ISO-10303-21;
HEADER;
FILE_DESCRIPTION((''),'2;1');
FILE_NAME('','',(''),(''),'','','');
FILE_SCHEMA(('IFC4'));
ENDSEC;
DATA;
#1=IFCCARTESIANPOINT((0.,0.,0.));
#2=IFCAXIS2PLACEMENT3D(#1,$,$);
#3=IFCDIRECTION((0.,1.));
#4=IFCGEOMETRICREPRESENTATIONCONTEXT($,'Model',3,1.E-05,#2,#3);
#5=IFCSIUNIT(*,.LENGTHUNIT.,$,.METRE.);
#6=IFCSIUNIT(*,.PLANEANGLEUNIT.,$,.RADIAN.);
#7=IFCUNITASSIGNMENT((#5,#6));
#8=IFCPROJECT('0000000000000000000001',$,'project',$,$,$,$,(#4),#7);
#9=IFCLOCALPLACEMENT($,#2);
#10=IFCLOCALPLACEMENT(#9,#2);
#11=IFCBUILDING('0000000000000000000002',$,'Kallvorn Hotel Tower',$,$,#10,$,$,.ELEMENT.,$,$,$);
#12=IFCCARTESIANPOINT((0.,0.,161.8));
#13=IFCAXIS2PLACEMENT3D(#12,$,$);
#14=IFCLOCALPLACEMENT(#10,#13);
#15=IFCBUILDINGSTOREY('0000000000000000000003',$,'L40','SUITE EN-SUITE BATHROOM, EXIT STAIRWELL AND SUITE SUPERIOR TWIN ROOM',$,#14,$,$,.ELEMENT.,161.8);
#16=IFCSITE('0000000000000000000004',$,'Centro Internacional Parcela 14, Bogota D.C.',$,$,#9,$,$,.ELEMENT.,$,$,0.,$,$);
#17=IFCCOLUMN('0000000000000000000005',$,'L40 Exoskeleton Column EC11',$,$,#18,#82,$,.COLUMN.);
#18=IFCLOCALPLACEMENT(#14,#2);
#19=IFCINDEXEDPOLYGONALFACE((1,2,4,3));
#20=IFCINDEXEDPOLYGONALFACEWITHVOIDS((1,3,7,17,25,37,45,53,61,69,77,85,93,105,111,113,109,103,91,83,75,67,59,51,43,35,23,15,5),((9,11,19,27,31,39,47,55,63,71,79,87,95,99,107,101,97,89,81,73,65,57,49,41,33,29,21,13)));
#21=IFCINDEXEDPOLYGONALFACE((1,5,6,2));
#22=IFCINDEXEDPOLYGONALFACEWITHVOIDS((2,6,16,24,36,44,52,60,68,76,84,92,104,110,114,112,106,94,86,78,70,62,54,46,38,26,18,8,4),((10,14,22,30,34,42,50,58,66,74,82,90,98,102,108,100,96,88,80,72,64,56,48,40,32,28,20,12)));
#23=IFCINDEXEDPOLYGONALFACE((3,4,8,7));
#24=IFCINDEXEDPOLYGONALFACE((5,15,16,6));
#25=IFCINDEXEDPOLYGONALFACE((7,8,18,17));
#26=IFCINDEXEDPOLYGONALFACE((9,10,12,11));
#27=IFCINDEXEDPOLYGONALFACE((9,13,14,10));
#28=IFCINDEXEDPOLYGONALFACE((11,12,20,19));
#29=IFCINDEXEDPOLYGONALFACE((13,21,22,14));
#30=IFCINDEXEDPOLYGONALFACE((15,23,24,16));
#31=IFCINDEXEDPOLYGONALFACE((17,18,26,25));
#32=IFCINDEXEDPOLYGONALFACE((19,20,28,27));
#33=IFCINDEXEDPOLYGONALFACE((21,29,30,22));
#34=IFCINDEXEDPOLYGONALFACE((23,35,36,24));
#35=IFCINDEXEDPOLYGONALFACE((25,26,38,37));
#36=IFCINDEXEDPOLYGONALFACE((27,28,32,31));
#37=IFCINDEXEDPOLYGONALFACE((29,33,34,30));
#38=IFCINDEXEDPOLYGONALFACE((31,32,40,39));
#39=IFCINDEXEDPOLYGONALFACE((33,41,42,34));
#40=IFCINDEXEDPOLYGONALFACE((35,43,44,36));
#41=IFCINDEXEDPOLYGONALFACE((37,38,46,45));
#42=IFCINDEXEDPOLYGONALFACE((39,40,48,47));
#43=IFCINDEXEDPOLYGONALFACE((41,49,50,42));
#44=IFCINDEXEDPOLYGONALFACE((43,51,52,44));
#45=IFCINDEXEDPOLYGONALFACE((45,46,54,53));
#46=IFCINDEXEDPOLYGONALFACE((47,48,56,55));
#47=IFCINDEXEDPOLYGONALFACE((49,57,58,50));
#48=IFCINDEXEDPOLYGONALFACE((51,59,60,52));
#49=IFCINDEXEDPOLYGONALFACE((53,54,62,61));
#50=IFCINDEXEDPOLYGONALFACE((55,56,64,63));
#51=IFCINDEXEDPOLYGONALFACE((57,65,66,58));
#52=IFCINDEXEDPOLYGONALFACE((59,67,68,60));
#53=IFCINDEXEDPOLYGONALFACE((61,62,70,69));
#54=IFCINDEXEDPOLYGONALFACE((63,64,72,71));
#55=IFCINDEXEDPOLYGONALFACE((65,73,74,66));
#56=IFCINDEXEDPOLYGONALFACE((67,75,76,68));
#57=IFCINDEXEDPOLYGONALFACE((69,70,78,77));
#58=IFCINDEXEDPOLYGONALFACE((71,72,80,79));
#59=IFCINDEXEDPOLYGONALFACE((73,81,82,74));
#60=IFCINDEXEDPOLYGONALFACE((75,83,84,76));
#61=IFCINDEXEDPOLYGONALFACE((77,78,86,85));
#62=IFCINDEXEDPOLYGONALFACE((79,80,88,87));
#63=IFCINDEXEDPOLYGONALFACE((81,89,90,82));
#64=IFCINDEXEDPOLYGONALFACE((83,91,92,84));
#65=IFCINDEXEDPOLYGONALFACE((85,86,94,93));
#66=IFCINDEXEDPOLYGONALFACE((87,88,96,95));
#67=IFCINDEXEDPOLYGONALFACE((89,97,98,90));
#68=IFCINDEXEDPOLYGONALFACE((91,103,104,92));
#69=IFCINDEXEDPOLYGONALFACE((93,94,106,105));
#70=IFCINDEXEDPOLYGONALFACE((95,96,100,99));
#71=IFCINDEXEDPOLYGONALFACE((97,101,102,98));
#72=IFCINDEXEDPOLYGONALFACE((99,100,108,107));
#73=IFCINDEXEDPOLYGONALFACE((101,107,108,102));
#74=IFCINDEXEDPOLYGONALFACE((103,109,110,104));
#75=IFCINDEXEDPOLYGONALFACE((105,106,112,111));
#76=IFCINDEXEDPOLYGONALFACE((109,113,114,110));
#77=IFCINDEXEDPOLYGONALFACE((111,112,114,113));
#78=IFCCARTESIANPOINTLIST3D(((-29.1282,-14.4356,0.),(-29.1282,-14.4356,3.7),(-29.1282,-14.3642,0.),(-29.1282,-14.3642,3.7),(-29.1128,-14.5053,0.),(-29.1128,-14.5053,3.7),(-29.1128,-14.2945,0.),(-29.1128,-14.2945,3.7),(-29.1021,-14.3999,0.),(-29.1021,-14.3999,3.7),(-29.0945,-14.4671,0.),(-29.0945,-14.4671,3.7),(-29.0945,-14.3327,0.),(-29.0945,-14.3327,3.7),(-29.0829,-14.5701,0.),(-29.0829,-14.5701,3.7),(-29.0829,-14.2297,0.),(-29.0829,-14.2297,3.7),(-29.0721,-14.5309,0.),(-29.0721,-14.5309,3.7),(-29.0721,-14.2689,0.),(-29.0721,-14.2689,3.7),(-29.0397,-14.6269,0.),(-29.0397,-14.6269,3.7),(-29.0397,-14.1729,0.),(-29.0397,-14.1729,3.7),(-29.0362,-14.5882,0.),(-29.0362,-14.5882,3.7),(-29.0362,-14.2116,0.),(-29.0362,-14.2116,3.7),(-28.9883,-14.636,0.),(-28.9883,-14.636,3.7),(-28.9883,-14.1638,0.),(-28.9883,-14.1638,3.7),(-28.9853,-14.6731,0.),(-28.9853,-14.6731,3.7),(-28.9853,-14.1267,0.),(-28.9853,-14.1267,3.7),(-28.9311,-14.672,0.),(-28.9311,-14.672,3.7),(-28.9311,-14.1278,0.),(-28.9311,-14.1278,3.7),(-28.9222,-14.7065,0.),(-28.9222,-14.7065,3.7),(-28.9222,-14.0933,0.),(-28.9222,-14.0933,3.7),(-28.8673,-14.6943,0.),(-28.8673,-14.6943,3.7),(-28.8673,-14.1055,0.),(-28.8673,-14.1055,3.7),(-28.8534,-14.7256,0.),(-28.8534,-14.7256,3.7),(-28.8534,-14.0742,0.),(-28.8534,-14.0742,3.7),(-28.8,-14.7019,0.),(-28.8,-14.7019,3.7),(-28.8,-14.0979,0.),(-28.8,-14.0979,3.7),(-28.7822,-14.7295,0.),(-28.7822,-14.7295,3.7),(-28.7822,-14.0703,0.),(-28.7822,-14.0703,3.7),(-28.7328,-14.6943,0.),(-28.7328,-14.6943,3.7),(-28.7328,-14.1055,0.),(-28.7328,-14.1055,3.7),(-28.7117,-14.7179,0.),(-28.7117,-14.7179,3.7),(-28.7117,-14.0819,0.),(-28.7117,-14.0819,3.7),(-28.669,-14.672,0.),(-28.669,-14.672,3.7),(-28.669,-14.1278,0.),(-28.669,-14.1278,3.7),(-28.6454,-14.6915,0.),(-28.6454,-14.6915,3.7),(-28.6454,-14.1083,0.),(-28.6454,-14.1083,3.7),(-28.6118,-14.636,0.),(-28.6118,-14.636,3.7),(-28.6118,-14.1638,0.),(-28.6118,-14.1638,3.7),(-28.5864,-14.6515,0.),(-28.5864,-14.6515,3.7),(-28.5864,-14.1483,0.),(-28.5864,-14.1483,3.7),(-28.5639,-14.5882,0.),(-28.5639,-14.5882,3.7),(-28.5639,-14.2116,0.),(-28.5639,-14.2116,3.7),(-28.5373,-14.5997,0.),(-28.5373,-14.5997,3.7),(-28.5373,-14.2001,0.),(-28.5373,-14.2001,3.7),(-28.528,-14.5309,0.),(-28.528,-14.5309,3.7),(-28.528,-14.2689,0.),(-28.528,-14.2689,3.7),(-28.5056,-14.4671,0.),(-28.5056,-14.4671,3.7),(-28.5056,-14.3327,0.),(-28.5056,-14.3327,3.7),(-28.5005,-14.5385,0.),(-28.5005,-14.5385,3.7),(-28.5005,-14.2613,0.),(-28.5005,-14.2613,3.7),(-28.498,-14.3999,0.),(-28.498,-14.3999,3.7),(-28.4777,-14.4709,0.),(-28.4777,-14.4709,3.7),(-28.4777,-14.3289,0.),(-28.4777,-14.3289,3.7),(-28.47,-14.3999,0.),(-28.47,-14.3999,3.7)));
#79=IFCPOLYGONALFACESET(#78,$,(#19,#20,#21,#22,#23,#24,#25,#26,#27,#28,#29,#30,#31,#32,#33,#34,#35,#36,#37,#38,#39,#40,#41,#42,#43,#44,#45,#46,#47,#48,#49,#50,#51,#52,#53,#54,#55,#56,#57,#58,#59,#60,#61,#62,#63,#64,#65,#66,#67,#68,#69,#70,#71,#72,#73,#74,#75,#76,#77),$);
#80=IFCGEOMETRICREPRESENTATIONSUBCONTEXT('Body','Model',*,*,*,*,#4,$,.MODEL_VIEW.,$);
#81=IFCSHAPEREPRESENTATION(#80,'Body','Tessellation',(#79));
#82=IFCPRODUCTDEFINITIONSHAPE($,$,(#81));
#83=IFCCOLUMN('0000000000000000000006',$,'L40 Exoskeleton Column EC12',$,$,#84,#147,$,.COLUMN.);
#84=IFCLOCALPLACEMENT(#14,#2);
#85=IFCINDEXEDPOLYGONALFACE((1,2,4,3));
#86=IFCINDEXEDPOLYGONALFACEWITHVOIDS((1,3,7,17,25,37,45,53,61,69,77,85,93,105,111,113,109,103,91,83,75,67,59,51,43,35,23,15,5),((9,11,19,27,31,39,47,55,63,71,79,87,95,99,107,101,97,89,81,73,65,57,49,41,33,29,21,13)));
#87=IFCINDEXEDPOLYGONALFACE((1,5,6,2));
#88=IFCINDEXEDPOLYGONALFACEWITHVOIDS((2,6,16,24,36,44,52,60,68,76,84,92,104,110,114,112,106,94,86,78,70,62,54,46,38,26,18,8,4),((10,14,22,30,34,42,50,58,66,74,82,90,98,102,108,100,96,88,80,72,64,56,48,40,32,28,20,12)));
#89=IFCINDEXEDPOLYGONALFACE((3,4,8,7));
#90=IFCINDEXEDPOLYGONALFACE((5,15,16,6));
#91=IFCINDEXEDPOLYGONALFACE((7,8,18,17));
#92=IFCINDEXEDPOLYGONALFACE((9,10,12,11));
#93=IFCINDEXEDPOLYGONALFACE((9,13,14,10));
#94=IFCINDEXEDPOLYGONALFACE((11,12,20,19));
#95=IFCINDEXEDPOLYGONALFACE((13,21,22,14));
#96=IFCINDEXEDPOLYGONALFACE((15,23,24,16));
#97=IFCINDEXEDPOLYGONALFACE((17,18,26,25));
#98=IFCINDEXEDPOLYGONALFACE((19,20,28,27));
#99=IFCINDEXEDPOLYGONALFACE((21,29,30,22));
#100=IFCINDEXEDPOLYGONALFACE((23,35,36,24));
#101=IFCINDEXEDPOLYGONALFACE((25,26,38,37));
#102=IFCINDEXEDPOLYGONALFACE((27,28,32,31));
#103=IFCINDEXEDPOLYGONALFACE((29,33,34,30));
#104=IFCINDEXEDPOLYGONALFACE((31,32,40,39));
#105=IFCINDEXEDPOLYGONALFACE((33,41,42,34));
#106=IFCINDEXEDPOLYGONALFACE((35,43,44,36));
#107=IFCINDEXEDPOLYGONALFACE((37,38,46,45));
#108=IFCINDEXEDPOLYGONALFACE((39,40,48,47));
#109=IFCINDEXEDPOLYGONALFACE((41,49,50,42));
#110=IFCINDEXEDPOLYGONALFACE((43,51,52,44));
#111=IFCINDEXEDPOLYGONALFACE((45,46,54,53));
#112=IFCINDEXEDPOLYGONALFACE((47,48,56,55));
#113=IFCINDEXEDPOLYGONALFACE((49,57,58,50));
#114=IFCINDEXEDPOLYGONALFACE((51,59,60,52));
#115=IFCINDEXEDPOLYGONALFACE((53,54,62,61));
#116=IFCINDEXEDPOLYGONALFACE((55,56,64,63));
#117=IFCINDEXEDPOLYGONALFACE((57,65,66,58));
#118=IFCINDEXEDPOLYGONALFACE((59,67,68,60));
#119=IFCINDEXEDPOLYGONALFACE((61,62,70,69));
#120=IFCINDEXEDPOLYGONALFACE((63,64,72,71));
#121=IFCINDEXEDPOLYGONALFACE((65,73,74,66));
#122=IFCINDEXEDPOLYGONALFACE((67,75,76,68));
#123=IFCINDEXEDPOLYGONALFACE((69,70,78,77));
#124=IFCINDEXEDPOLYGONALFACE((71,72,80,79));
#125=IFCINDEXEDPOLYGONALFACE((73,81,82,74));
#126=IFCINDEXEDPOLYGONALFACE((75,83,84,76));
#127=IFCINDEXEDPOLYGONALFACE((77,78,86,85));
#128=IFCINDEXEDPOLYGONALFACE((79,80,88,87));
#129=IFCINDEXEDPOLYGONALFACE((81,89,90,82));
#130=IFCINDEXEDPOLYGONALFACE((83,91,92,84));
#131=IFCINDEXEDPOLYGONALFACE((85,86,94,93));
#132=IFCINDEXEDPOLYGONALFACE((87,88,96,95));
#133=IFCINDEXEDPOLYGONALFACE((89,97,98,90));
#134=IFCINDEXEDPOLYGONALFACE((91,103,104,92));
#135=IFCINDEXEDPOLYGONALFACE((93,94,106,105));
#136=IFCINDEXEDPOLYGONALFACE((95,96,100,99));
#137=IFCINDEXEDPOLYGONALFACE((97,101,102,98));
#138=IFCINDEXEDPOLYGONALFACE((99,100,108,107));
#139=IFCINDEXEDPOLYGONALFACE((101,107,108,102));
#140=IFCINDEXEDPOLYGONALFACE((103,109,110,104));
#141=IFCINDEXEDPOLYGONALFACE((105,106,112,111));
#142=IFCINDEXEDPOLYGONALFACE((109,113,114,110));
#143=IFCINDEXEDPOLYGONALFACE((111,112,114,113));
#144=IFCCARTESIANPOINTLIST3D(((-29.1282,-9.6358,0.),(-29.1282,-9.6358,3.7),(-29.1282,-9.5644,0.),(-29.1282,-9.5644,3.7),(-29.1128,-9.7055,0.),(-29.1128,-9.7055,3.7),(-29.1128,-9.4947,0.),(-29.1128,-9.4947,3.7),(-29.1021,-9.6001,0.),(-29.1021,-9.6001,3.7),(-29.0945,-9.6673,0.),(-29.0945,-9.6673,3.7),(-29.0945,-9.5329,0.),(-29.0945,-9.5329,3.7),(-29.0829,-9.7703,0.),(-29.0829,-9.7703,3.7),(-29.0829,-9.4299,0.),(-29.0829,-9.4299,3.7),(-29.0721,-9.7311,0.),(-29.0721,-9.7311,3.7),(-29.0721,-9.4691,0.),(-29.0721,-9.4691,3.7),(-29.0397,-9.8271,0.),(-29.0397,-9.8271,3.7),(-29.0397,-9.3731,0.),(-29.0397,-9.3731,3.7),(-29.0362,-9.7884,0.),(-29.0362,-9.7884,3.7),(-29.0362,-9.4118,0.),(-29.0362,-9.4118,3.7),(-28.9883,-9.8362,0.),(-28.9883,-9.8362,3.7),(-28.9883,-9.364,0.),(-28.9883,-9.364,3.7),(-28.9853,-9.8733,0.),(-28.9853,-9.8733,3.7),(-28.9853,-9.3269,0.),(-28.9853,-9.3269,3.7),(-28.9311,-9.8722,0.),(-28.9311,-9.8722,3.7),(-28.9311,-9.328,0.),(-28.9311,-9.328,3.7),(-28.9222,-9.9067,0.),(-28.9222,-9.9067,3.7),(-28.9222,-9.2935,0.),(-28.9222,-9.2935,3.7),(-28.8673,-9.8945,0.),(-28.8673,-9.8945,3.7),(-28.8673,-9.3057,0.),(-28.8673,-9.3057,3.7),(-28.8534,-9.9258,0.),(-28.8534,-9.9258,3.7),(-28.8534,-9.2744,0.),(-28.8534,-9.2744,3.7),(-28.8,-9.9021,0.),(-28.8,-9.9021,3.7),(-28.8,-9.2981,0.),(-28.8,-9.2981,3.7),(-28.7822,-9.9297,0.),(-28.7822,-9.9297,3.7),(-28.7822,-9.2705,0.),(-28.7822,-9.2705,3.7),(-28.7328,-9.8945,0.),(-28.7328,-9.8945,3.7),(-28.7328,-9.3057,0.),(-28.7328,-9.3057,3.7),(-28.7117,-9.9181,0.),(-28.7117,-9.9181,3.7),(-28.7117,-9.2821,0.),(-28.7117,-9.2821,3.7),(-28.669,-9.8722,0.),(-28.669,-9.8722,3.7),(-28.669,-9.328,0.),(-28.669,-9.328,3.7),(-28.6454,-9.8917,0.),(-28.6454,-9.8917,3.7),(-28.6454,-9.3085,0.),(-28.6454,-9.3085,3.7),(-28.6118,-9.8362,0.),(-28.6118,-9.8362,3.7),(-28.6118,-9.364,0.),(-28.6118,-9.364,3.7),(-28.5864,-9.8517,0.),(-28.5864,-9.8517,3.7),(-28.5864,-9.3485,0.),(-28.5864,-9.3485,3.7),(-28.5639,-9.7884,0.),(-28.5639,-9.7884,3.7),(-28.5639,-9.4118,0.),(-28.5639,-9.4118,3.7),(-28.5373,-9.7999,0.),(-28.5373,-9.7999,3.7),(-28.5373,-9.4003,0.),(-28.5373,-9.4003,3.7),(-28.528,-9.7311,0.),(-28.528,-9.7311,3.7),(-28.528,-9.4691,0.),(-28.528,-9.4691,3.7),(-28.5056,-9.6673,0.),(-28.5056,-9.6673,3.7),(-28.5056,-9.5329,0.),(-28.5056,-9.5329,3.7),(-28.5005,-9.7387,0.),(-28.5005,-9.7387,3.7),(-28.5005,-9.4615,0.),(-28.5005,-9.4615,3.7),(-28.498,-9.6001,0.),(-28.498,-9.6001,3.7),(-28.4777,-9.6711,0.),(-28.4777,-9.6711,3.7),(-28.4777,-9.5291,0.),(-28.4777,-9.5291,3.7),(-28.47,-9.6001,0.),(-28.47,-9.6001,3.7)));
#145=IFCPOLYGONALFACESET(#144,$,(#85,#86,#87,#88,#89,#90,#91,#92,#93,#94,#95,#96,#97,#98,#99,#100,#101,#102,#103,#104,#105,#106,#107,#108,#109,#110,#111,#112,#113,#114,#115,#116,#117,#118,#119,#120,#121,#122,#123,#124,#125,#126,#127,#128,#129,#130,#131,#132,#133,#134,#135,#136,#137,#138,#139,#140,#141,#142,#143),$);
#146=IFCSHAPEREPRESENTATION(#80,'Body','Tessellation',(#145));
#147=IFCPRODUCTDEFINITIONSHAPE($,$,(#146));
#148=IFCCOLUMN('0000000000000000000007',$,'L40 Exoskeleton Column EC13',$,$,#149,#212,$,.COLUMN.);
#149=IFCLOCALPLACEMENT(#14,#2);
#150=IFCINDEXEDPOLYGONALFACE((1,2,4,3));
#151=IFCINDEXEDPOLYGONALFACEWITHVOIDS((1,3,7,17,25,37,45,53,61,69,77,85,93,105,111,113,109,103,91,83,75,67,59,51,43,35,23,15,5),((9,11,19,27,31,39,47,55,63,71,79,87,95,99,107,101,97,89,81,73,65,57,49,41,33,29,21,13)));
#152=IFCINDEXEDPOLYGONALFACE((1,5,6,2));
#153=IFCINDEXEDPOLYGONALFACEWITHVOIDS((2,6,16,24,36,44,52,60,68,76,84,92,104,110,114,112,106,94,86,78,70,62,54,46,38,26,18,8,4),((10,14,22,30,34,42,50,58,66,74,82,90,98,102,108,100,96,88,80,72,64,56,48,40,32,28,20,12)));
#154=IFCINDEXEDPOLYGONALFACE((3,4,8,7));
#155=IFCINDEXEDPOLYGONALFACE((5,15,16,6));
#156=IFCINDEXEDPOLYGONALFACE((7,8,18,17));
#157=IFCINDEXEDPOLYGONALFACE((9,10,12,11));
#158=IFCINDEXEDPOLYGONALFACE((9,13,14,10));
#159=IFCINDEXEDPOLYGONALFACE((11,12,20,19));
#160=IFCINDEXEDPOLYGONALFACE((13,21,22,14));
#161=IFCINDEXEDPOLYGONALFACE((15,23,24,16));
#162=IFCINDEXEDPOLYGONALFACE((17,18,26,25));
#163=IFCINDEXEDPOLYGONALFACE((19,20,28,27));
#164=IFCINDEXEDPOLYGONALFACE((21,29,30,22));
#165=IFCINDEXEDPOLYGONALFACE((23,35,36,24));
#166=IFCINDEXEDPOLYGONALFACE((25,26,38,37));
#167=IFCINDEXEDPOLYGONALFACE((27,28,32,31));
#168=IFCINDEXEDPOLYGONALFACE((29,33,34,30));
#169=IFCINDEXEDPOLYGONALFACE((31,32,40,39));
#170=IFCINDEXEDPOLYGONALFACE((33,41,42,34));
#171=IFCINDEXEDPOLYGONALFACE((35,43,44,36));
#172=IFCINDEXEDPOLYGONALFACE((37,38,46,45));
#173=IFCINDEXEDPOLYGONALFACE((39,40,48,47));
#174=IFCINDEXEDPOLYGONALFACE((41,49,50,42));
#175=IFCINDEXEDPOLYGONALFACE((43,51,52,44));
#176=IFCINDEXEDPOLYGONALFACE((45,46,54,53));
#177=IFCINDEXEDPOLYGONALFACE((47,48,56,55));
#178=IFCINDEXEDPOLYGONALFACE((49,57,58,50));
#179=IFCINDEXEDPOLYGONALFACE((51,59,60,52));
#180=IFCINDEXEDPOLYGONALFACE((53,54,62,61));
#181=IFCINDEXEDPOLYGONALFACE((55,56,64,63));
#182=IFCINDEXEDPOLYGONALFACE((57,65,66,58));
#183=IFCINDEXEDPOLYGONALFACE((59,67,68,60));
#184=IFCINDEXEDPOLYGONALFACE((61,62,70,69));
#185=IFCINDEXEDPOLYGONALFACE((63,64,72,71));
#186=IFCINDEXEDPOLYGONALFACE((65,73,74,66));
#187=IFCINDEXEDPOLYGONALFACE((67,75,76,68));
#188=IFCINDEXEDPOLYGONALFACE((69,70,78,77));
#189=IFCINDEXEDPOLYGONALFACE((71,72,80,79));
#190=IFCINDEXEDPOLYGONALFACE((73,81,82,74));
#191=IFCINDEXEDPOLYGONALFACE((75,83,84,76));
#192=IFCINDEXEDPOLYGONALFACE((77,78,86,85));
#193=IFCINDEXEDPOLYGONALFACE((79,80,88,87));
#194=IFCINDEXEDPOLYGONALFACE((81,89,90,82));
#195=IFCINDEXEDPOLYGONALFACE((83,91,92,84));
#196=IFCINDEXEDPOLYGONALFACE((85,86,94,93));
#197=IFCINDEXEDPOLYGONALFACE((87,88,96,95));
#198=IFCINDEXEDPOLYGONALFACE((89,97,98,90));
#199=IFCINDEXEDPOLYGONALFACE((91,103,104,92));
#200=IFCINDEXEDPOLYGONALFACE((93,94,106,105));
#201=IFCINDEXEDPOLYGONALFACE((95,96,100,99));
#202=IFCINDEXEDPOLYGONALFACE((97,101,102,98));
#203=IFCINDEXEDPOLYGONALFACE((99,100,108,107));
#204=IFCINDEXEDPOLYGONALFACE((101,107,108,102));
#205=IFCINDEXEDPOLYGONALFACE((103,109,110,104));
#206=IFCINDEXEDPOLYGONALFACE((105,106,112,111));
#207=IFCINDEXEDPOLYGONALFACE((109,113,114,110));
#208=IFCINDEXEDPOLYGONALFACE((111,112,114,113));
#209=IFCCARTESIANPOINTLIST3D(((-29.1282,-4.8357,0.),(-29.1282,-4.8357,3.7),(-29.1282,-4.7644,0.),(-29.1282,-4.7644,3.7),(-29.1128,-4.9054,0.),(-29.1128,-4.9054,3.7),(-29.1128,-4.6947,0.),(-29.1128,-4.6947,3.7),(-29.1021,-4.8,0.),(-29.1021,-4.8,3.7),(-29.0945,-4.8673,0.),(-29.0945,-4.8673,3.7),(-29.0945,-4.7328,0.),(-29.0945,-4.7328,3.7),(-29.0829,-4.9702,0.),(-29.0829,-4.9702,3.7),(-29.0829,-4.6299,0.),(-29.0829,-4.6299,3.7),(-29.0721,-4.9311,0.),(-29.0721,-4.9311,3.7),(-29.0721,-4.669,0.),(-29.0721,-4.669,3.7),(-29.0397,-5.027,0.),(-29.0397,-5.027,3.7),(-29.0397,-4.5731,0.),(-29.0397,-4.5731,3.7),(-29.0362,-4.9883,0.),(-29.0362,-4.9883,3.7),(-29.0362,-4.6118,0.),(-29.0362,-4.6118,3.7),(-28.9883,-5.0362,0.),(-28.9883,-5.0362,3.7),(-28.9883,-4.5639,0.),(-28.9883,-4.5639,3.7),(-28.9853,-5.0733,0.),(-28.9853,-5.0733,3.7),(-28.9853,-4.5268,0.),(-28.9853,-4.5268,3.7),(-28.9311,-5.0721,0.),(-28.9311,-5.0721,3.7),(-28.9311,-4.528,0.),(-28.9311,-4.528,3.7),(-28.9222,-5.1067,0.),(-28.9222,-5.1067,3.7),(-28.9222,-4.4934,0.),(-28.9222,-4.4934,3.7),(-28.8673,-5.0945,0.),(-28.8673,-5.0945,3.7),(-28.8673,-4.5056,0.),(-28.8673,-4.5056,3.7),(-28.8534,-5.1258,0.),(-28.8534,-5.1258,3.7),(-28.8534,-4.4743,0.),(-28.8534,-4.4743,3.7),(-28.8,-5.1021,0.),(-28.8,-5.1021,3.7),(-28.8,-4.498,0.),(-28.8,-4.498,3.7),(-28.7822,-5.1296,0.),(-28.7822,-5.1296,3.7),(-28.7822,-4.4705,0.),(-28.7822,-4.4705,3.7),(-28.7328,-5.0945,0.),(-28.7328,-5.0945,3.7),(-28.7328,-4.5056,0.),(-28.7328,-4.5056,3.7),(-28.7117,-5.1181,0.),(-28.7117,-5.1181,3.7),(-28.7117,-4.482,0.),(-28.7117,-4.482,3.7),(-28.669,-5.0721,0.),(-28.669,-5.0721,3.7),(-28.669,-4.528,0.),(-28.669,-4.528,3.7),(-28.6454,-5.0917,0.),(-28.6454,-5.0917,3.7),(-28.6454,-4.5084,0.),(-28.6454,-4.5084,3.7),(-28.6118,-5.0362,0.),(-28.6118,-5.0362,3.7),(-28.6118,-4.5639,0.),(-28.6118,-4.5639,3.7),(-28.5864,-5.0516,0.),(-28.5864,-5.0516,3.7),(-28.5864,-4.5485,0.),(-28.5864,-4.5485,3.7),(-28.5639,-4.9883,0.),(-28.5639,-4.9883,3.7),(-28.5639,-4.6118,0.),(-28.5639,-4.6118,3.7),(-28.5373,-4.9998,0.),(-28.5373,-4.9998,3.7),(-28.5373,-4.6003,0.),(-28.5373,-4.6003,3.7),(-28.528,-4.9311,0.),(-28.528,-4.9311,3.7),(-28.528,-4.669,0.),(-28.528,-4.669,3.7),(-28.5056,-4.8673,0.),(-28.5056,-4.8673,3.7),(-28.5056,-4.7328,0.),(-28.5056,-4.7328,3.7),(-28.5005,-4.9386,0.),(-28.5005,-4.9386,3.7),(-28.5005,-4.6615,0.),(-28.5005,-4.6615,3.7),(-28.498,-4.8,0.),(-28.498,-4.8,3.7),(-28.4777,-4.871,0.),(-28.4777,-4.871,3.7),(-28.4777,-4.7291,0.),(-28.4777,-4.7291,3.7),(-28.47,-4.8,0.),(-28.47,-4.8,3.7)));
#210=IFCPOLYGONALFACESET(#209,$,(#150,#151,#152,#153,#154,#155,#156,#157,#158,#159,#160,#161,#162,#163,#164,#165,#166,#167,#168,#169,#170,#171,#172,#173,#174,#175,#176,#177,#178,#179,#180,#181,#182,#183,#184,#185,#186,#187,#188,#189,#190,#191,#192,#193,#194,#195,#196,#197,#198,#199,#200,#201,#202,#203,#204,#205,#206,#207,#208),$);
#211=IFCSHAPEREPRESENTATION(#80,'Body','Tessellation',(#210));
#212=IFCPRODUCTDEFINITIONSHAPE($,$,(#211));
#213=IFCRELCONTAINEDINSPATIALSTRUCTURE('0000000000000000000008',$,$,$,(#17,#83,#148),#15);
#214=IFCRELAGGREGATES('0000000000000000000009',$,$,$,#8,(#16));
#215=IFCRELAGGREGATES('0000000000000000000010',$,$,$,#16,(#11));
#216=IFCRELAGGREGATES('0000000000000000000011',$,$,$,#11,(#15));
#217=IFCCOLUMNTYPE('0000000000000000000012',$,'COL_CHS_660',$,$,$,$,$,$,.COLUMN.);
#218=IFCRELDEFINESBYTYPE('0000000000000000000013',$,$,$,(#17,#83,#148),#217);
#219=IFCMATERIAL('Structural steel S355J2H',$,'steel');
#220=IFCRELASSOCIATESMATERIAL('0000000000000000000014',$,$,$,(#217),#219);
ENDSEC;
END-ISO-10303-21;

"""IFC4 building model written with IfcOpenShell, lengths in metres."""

from ifc_helpers import new_model, si_unit, direction, frame, origin, origin_2d, place, context, subcontext, project, spatial, hollow_circle, extrude, material, material_profile, profile_set, type_object, element, save


model = new_model("IFC4")

# Units and contexts
model_context = context("Model", 3, precision=1e-05, world=origin(), true_north=direction((0.0, 1.0)))
body_context = subcontext(model_context, "Body", "Model", "MODEL_VIEW")
ifc_project = project(units=[si_unit("LENGTHUNIT", "METRE"), si_unit("PLANEANGLEUNIT", "RADIAN")], contexts=[model_context])

# Site, building, storey
site_placement = place(None, origin())
site = spatial("IfcSite", under=ifc_project, at=site_placement, Name="Centro Internacional Parcela 14, Bogota D.C.", CompositionType="ELEMENT", RefElevation=0.0)
building_placement = place(site_placement, origin())
building = spatial("IfcBuilding", under=site, at=building_placement, Name="Kallvorn Hotel Tower", CompositionType="ELEMENT")
storey_placement = place(building_placement, frame((0.0, 0.0, 161.8)))
storey = spatial("IfcBuildingStorey", under=building, at=storey_placement, Name="L40", Description="SUITE EN-SUITE BATHROOM, EXIT STAIRWELL AND SUITE SUPERIOR TWIN ROOM", CompositionType="ELEMENT", Elevation=161.8)

# Columns
ifc_material_1 = material(Name="Structural steel S355J2H", Category="steel")
ifc_material_profile_1 = material_profile(ifc_material_1, hollow_circle(Radius=0.3301, WallThickness=0.0281, at=origin_2d()), Name="CHS 660x28")
ifc_profile_set_1 = profile_set([ifc_material_profile_1], Name="Structural steel S355J2H")
column_type_1 = type_object("IfcColumnType", Name="COL_CHS_660", PredefinedType="COLUMN", material=ifc_profile_set_1)
for number, where, z_axis, x_axis, name in (
    (1, (-28.8, -14.3999, 0.0), (0.0, 0.0, 1.0), (1.0, 0.0, 0.0), "L40 Exoskeleton Column EC11"),
    (2, (-28.8, -9.6001, 0.0), (0.0, 0.0, 1.0), (1.0, 0.0, 0.0), "L40 Exoskeleton Column EC12"),
    (3, (-28.8, -4.8, 0.0), (0.0, 0.0, 1.0), (1.0, 0.0, 0.0), "L40 Exoskeleton Column EC13"),
):
    element("IfcColumn", number, at=place(storey_placement, frame(where, z_axis=z_axis, x_axis=x_axis)), inside=storey, type_object=column_type_1, Name=name, PredefinedType="COLUMN", context=body_context, shape_type="SweptSolid", body=[
        extrude(hollow_circle(Radius=0.3301, WallThickness=0.0281, at=origin_2d()), origin(), (0.0, 0.0, 1.0), 3.7),
    ])

save(model, "model.ifc")
